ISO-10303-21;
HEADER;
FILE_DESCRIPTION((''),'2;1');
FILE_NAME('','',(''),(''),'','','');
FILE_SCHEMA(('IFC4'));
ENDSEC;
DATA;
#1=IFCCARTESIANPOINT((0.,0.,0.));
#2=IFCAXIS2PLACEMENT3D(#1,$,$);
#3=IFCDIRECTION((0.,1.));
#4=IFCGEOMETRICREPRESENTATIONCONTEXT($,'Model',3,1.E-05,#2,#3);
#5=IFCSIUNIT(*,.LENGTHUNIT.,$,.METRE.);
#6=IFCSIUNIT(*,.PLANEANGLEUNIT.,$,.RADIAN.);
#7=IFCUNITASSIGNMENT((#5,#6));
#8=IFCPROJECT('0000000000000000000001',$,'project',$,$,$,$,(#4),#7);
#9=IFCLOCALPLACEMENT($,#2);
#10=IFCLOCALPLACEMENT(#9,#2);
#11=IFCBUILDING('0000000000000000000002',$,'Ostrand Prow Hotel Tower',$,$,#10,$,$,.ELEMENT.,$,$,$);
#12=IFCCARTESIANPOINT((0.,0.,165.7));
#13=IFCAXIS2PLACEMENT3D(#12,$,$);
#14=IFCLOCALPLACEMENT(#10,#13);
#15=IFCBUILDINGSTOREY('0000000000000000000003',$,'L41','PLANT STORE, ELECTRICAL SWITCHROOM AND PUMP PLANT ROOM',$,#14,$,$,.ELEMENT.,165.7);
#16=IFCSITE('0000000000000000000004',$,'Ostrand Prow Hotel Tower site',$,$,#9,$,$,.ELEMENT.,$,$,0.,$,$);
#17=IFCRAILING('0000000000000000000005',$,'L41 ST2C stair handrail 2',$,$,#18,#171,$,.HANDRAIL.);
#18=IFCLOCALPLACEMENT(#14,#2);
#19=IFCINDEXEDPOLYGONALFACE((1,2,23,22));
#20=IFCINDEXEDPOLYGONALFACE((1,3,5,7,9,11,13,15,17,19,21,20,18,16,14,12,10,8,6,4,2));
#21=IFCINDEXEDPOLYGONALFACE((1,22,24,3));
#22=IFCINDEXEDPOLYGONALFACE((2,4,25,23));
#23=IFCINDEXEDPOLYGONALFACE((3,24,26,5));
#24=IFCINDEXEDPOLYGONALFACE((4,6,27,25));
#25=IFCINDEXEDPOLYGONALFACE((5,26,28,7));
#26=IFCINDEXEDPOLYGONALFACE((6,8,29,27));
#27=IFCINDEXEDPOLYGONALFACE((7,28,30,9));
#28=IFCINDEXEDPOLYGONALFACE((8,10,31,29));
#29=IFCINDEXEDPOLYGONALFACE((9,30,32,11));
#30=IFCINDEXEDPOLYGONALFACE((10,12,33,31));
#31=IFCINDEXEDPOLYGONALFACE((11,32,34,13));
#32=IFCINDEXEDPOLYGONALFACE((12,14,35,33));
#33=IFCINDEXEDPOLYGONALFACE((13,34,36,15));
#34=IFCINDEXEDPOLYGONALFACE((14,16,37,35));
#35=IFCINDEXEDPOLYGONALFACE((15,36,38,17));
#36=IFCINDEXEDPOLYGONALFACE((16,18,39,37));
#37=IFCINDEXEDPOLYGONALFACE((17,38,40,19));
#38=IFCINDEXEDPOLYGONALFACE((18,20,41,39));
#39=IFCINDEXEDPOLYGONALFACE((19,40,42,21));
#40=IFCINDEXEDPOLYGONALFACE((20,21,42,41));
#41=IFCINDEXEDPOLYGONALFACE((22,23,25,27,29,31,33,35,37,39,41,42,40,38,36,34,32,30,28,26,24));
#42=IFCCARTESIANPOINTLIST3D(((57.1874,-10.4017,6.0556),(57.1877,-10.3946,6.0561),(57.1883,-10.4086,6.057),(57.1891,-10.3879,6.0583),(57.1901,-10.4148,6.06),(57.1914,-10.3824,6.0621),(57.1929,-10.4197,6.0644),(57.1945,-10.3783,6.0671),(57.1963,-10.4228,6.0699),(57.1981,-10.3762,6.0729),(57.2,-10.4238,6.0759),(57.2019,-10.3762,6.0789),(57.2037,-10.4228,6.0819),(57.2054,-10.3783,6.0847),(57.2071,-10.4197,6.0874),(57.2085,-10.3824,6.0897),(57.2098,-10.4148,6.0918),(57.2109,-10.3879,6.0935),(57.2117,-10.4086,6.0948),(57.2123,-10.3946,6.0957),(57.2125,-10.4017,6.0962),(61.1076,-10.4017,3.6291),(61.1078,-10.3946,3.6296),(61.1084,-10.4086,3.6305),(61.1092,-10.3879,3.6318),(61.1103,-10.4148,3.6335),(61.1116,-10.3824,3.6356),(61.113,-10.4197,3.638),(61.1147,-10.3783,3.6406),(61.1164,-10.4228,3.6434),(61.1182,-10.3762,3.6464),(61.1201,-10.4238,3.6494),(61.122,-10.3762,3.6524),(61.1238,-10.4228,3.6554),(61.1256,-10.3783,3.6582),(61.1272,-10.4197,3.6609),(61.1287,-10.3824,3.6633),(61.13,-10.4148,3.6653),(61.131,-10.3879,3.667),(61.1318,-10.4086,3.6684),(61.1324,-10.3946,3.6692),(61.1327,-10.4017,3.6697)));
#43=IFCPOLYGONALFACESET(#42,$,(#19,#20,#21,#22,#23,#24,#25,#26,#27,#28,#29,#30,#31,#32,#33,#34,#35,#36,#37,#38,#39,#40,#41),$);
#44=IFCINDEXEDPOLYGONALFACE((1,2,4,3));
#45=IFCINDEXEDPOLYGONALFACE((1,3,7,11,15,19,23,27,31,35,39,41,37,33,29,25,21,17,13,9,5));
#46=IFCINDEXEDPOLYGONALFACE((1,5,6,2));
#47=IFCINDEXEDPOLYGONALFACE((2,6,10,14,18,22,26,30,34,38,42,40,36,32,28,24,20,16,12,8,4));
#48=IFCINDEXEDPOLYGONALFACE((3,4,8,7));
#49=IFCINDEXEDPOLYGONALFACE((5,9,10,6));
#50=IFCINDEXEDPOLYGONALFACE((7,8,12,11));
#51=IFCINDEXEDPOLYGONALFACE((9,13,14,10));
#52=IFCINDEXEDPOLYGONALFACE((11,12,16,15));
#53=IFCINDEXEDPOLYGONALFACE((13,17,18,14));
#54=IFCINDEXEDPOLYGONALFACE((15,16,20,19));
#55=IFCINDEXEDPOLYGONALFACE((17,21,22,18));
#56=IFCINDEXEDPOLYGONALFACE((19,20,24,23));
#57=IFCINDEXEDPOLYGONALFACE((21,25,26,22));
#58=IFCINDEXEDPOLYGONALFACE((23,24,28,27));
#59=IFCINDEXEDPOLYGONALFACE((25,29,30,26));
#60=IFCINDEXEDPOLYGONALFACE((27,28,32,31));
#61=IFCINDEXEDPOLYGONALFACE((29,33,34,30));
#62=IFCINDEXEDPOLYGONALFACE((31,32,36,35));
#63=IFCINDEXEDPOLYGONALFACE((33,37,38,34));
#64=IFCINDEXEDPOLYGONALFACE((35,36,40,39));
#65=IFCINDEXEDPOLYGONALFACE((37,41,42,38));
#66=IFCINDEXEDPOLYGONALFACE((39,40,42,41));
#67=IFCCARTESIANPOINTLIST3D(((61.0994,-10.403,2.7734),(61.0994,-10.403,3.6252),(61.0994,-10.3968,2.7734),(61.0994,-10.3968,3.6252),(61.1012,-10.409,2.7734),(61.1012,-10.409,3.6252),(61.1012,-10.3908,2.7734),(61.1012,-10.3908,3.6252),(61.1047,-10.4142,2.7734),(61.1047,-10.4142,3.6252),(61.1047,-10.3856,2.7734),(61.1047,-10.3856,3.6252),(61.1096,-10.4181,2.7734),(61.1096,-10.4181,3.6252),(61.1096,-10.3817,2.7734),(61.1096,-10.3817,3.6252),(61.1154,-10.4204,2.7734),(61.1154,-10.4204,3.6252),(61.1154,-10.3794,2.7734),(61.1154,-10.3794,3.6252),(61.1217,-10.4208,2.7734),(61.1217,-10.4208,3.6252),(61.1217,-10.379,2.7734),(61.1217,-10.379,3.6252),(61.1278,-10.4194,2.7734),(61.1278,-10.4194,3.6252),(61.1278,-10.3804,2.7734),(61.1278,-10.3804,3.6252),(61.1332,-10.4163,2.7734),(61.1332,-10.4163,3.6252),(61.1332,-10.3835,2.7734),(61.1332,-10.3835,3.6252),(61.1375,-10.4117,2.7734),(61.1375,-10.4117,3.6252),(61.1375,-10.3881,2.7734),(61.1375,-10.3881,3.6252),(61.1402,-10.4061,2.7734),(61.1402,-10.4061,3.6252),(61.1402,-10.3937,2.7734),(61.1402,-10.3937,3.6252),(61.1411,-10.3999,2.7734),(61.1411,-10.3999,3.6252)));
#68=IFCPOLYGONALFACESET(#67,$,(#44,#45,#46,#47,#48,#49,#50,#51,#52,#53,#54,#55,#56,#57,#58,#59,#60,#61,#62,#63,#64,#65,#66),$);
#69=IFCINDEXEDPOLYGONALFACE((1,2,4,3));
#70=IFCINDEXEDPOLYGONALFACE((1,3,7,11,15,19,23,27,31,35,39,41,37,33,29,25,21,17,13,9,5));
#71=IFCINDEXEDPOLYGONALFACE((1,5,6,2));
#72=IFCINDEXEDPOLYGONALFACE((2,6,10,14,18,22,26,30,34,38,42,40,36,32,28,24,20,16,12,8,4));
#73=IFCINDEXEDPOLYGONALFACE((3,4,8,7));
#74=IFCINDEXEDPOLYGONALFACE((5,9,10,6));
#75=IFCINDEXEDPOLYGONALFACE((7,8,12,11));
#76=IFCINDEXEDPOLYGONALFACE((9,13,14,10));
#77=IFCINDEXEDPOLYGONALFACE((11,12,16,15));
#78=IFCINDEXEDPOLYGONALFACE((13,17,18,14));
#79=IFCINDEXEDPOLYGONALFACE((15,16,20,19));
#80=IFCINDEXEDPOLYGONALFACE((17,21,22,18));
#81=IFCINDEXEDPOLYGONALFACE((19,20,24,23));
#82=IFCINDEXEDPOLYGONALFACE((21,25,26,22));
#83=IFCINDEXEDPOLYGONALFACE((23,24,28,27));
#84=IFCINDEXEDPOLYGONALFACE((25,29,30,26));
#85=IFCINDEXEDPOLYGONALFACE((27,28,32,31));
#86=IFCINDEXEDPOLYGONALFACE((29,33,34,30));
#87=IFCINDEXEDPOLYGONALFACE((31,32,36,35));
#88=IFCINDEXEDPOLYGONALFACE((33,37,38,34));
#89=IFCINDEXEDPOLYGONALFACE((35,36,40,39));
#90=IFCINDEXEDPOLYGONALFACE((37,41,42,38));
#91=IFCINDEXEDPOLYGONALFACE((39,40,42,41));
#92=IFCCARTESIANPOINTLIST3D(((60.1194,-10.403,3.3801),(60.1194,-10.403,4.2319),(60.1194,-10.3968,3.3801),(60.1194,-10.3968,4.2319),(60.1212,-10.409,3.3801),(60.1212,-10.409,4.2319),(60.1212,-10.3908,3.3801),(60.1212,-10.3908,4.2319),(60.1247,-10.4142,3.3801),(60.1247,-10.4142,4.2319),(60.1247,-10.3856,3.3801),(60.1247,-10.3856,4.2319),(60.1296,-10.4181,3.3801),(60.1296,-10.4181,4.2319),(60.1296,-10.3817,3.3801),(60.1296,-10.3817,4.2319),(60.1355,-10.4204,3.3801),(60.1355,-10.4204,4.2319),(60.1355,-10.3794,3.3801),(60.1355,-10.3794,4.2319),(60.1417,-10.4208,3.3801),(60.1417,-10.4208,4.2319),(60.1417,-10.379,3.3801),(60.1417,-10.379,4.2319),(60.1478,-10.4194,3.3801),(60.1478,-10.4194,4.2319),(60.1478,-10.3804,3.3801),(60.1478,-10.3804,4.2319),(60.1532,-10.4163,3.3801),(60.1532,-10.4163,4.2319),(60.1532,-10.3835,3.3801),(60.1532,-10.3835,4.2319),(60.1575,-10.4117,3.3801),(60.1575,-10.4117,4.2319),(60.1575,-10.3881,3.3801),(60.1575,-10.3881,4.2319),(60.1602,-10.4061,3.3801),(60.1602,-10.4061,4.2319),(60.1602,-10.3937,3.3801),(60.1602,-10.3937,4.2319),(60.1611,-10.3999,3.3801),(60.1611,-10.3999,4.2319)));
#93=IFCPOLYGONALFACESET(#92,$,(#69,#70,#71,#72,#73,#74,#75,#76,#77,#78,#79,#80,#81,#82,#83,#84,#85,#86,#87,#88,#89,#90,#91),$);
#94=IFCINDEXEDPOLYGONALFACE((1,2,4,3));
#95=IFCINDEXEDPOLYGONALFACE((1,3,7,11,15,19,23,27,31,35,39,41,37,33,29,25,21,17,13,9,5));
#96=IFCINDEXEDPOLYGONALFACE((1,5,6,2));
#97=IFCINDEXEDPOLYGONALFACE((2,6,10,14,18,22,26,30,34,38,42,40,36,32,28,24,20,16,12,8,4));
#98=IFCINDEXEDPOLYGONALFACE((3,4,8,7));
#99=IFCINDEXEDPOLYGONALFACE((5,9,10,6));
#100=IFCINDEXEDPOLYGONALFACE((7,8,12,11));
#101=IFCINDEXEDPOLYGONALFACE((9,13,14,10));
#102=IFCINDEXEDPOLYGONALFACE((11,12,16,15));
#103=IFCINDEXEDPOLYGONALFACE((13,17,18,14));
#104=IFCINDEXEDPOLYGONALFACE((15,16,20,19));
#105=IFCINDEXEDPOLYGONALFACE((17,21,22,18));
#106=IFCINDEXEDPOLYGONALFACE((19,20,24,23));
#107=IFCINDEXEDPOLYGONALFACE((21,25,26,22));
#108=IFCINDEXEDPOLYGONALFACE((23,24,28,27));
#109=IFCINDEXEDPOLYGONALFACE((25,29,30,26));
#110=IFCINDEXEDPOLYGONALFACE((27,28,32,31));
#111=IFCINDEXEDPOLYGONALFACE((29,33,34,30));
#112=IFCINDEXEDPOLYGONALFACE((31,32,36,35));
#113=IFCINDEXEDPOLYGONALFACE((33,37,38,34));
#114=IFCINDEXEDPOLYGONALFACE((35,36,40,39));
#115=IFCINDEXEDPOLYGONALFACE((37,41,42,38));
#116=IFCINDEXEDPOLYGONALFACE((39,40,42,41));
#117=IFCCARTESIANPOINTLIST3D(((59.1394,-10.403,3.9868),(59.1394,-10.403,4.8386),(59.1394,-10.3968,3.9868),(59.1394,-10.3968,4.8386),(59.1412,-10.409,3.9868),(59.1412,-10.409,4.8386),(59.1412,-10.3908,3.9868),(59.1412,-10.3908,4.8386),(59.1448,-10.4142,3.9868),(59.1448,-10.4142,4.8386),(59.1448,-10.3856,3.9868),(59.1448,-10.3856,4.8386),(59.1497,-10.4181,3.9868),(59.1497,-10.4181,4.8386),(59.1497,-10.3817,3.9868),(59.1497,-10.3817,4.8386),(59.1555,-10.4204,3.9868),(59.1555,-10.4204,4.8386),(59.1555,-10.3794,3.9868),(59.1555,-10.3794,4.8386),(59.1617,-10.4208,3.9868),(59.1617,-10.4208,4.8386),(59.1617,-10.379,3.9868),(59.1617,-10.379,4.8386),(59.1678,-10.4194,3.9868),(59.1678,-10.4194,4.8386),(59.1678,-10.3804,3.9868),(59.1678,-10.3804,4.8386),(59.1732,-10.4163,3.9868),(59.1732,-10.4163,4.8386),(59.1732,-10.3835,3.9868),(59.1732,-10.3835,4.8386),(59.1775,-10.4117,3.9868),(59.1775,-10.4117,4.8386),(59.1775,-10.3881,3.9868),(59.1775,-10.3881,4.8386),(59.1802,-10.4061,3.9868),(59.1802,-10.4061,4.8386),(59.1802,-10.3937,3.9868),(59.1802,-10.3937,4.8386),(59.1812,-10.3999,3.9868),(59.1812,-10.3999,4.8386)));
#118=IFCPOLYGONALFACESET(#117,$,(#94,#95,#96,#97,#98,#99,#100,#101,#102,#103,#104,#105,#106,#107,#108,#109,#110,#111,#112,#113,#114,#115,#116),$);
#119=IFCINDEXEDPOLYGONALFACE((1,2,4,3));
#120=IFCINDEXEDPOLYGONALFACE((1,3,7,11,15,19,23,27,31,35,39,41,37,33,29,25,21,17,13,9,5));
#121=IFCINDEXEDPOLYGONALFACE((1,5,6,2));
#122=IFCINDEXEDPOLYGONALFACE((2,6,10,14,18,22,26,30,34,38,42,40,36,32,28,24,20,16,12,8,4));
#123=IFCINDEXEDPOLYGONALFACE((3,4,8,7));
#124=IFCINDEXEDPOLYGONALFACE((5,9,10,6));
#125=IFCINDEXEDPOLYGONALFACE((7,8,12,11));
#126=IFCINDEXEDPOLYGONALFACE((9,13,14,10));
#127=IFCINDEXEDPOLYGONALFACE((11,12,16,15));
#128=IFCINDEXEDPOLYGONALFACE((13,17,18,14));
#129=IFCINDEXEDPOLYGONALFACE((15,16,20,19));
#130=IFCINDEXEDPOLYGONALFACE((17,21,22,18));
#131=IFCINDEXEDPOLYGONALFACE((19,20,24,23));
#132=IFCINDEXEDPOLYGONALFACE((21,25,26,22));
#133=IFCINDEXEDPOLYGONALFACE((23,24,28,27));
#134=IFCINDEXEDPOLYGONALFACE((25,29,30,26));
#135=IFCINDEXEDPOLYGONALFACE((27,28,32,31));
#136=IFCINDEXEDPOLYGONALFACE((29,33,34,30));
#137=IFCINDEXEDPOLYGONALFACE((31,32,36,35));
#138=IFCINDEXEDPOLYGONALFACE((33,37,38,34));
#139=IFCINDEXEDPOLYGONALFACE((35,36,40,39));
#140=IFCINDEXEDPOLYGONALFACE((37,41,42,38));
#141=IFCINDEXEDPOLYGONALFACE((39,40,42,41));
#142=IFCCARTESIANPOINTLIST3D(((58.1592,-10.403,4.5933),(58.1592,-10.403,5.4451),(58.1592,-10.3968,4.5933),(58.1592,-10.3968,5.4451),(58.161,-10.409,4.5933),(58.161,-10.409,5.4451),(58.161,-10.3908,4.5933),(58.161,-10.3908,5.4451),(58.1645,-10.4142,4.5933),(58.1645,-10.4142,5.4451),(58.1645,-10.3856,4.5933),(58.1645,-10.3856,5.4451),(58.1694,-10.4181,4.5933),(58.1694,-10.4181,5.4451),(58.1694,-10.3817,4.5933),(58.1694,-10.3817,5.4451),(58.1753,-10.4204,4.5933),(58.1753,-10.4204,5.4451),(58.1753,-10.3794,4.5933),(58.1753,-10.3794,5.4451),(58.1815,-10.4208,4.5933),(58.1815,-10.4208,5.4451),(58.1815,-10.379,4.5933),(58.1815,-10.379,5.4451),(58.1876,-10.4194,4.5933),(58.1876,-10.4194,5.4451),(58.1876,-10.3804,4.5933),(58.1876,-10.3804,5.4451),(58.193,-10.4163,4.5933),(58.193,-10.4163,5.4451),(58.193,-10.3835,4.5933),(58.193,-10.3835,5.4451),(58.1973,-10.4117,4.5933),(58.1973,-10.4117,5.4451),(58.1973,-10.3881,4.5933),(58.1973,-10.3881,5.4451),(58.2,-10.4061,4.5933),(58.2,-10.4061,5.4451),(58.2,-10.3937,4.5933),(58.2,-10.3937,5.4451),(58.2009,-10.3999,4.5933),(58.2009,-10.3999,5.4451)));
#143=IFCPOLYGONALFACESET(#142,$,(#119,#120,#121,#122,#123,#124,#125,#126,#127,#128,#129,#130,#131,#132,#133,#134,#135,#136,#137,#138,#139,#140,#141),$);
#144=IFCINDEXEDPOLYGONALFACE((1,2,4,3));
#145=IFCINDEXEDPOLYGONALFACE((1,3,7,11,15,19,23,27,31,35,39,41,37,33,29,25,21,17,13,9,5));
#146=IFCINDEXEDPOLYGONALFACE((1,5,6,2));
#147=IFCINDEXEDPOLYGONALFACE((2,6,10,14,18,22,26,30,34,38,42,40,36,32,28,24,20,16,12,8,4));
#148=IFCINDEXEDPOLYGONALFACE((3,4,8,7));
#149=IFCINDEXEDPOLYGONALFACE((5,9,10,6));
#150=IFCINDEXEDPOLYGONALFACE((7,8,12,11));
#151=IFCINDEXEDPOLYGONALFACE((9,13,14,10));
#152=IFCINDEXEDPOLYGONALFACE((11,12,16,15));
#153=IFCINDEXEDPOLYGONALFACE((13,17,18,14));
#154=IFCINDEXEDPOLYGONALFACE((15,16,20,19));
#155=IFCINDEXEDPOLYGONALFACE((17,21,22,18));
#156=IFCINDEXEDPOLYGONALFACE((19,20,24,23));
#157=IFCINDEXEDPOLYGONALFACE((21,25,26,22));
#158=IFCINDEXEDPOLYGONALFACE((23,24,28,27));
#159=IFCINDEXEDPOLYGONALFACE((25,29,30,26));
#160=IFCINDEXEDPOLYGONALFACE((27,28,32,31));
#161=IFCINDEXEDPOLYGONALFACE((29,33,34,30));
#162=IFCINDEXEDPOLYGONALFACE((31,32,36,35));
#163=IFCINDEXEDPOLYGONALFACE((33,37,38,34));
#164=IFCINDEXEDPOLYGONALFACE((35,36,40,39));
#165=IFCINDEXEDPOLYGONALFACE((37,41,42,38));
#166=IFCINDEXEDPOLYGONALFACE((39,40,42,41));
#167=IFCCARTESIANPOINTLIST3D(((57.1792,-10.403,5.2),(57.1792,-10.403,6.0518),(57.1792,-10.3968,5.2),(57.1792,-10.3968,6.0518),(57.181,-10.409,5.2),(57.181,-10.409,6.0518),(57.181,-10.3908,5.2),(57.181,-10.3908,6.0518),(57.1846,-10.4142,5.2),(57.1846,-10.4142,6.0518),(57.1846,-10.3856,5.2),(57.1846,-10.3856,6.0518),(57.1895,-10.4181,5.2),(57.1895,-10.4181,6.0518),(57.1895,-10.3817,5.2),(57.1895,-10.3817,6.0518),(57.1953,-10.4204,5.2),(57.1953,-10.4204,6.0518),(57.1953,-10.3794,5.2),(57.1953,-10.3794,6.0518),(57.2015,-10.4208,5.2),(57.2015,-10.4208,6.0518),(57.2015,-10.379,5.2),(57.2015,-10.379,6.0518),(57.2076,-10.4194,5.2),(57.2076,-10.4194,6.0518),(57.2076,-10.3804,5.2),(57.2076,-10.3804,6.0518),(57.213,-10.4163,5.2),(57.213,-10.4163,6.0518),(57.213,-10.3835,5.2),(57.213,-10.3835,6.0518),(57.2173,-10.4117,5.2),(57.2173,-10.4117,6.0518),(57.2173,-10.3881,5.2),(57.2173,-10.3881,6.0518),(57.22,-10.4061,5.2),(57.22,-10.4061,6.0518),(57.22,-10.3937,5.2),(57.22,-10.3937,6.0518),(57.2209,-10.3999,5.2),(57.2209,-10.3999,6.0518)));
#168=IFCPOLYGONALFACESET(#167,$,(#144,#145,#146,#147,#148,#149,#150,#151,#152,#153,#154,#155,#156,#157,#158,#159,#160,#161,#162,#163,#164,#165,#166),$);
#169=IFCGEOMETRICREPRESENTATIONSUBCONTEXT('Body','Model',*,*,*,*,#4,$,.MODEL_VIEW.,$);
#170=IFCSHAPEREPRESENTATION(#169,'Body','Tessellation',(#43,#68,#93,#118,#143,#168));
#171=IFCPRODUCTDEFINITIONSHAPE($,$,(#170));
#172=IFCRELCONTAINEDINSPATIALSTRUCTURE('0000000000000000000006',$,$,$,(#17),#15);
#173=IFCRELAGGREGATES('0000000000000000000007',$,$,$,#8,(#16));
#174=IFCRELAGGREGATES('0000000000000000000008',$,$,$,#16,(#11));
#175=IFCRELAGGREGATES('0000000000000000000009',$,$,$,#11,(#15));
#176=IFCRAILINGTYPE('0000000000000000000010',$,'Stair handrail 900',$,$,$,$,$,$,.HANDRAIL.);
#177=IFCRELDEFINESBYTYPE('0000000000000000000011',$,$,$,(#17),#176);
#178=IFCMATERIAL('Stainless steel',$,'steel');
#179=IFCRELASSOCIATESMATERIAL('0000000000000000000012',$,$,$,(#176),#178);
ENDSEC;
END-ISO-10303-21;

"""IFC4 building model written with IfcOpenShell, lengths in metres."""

from ifc_helpers import new_model, si_unit, direction, frame, origin, origin_2d, place, context, subcontext, project, spatial, circle, extrude, material, type_object, element, save


model = new_model("IFC4")

# Units and contexts
model_context = context("Model", 3, precision=1e-05, world=origin(), true_north=direction((0.0, 1.0)))
body_context = subcontext(model_context, "Body", "Model", "MODEL_VIEW")
ifc_project = project(units=[si_unit("LENGTHUNIT", "METRE"), si_unit("PLANEANGLEUNIT", "RADIAN")], contexts=[model_context])

# Site, building, storey
site_placement = place(None, origin())
site = spatial("IfcSite", under=ifc_project, at=site_placement, Name="Ostrand Prow Hotel Tower site", CompositionType="ELEMENT", RefElevation=0.0)
building_placement = place(site_placement, origin())
building = spatial("IfcBuilding", under=site, at=building_placement, Name="Ostrand Prow Hotel Tower", CompositionType="ELEMENT")
storey_placement = place(building_placement, frame((0.0, 0.0, 165.7)))
storey = spatial("IfcBuildingStorey", under=building, at=storey_placement, Name="L41", Description="PLANT STORE, ELECTRICAL SWITCHROOM AND PUMP PLANT ROOM", CompositionType="ELEMENT", Elevation=165.7)

# Railing
ifc_material_1 = material(Name="Stainless steel", Category="steel")
railing_type_1 = type_object("IfcRailingType", Name="Stair handrail 900", PredefinedType="HANDRAIL", material=ifc_material_1)
railing_1_placement = place(storey_placement, frame((61.1201, -10.3999, 2.7734)))
element("IfcRailing", 1, at=railing_1_placement, inside=storey, type_object=railing_type_1, Name="L41 ST2C stair handrail 2", PredefinedType="HANDRAIL", context=body_context, shape_type="SweptSolid", body=[
    extrude(circle(Radius=0.0239, at=origin_2d()), frame((0.0, 0.0, 0.876), z_axis=(-0.85029, 0.0, 0.526315), x_axis=(0.0, -1.0, 0.0)), (0.0, 0.0, 1.0), 4.6104),
    extrude(circle(Radius=0.021, at=origin_2d()), origin(), (0.0, 0.0, 1.0), 0.8518),
    extrude(circle(Radius=0.021, at=origin_2d()), frame((-0.98, 0.0, 0.6067)), (0.0, 0.0, 1.0), 0.8518),
    extrude(circle(Radius=0.021, at=origin_2d()), frame((-1.96, 0.0, 1.2134)), (0.0, 0.0, 1.0), 0.8518),
    extrude(circle(Radius=0.021, at=origin_2d()), frame((-2.9402, 0.0, 1.8198)), (0.0, 0.0, 1.0), 0.8518),
    extrude(circle(Radius=0.021, at=origin_2d()), frame((-3.9202, 0.0, 2.4265)), (0.0, 0.0, 1.0), 0.8518),
])

save(model, "model.ifc")
